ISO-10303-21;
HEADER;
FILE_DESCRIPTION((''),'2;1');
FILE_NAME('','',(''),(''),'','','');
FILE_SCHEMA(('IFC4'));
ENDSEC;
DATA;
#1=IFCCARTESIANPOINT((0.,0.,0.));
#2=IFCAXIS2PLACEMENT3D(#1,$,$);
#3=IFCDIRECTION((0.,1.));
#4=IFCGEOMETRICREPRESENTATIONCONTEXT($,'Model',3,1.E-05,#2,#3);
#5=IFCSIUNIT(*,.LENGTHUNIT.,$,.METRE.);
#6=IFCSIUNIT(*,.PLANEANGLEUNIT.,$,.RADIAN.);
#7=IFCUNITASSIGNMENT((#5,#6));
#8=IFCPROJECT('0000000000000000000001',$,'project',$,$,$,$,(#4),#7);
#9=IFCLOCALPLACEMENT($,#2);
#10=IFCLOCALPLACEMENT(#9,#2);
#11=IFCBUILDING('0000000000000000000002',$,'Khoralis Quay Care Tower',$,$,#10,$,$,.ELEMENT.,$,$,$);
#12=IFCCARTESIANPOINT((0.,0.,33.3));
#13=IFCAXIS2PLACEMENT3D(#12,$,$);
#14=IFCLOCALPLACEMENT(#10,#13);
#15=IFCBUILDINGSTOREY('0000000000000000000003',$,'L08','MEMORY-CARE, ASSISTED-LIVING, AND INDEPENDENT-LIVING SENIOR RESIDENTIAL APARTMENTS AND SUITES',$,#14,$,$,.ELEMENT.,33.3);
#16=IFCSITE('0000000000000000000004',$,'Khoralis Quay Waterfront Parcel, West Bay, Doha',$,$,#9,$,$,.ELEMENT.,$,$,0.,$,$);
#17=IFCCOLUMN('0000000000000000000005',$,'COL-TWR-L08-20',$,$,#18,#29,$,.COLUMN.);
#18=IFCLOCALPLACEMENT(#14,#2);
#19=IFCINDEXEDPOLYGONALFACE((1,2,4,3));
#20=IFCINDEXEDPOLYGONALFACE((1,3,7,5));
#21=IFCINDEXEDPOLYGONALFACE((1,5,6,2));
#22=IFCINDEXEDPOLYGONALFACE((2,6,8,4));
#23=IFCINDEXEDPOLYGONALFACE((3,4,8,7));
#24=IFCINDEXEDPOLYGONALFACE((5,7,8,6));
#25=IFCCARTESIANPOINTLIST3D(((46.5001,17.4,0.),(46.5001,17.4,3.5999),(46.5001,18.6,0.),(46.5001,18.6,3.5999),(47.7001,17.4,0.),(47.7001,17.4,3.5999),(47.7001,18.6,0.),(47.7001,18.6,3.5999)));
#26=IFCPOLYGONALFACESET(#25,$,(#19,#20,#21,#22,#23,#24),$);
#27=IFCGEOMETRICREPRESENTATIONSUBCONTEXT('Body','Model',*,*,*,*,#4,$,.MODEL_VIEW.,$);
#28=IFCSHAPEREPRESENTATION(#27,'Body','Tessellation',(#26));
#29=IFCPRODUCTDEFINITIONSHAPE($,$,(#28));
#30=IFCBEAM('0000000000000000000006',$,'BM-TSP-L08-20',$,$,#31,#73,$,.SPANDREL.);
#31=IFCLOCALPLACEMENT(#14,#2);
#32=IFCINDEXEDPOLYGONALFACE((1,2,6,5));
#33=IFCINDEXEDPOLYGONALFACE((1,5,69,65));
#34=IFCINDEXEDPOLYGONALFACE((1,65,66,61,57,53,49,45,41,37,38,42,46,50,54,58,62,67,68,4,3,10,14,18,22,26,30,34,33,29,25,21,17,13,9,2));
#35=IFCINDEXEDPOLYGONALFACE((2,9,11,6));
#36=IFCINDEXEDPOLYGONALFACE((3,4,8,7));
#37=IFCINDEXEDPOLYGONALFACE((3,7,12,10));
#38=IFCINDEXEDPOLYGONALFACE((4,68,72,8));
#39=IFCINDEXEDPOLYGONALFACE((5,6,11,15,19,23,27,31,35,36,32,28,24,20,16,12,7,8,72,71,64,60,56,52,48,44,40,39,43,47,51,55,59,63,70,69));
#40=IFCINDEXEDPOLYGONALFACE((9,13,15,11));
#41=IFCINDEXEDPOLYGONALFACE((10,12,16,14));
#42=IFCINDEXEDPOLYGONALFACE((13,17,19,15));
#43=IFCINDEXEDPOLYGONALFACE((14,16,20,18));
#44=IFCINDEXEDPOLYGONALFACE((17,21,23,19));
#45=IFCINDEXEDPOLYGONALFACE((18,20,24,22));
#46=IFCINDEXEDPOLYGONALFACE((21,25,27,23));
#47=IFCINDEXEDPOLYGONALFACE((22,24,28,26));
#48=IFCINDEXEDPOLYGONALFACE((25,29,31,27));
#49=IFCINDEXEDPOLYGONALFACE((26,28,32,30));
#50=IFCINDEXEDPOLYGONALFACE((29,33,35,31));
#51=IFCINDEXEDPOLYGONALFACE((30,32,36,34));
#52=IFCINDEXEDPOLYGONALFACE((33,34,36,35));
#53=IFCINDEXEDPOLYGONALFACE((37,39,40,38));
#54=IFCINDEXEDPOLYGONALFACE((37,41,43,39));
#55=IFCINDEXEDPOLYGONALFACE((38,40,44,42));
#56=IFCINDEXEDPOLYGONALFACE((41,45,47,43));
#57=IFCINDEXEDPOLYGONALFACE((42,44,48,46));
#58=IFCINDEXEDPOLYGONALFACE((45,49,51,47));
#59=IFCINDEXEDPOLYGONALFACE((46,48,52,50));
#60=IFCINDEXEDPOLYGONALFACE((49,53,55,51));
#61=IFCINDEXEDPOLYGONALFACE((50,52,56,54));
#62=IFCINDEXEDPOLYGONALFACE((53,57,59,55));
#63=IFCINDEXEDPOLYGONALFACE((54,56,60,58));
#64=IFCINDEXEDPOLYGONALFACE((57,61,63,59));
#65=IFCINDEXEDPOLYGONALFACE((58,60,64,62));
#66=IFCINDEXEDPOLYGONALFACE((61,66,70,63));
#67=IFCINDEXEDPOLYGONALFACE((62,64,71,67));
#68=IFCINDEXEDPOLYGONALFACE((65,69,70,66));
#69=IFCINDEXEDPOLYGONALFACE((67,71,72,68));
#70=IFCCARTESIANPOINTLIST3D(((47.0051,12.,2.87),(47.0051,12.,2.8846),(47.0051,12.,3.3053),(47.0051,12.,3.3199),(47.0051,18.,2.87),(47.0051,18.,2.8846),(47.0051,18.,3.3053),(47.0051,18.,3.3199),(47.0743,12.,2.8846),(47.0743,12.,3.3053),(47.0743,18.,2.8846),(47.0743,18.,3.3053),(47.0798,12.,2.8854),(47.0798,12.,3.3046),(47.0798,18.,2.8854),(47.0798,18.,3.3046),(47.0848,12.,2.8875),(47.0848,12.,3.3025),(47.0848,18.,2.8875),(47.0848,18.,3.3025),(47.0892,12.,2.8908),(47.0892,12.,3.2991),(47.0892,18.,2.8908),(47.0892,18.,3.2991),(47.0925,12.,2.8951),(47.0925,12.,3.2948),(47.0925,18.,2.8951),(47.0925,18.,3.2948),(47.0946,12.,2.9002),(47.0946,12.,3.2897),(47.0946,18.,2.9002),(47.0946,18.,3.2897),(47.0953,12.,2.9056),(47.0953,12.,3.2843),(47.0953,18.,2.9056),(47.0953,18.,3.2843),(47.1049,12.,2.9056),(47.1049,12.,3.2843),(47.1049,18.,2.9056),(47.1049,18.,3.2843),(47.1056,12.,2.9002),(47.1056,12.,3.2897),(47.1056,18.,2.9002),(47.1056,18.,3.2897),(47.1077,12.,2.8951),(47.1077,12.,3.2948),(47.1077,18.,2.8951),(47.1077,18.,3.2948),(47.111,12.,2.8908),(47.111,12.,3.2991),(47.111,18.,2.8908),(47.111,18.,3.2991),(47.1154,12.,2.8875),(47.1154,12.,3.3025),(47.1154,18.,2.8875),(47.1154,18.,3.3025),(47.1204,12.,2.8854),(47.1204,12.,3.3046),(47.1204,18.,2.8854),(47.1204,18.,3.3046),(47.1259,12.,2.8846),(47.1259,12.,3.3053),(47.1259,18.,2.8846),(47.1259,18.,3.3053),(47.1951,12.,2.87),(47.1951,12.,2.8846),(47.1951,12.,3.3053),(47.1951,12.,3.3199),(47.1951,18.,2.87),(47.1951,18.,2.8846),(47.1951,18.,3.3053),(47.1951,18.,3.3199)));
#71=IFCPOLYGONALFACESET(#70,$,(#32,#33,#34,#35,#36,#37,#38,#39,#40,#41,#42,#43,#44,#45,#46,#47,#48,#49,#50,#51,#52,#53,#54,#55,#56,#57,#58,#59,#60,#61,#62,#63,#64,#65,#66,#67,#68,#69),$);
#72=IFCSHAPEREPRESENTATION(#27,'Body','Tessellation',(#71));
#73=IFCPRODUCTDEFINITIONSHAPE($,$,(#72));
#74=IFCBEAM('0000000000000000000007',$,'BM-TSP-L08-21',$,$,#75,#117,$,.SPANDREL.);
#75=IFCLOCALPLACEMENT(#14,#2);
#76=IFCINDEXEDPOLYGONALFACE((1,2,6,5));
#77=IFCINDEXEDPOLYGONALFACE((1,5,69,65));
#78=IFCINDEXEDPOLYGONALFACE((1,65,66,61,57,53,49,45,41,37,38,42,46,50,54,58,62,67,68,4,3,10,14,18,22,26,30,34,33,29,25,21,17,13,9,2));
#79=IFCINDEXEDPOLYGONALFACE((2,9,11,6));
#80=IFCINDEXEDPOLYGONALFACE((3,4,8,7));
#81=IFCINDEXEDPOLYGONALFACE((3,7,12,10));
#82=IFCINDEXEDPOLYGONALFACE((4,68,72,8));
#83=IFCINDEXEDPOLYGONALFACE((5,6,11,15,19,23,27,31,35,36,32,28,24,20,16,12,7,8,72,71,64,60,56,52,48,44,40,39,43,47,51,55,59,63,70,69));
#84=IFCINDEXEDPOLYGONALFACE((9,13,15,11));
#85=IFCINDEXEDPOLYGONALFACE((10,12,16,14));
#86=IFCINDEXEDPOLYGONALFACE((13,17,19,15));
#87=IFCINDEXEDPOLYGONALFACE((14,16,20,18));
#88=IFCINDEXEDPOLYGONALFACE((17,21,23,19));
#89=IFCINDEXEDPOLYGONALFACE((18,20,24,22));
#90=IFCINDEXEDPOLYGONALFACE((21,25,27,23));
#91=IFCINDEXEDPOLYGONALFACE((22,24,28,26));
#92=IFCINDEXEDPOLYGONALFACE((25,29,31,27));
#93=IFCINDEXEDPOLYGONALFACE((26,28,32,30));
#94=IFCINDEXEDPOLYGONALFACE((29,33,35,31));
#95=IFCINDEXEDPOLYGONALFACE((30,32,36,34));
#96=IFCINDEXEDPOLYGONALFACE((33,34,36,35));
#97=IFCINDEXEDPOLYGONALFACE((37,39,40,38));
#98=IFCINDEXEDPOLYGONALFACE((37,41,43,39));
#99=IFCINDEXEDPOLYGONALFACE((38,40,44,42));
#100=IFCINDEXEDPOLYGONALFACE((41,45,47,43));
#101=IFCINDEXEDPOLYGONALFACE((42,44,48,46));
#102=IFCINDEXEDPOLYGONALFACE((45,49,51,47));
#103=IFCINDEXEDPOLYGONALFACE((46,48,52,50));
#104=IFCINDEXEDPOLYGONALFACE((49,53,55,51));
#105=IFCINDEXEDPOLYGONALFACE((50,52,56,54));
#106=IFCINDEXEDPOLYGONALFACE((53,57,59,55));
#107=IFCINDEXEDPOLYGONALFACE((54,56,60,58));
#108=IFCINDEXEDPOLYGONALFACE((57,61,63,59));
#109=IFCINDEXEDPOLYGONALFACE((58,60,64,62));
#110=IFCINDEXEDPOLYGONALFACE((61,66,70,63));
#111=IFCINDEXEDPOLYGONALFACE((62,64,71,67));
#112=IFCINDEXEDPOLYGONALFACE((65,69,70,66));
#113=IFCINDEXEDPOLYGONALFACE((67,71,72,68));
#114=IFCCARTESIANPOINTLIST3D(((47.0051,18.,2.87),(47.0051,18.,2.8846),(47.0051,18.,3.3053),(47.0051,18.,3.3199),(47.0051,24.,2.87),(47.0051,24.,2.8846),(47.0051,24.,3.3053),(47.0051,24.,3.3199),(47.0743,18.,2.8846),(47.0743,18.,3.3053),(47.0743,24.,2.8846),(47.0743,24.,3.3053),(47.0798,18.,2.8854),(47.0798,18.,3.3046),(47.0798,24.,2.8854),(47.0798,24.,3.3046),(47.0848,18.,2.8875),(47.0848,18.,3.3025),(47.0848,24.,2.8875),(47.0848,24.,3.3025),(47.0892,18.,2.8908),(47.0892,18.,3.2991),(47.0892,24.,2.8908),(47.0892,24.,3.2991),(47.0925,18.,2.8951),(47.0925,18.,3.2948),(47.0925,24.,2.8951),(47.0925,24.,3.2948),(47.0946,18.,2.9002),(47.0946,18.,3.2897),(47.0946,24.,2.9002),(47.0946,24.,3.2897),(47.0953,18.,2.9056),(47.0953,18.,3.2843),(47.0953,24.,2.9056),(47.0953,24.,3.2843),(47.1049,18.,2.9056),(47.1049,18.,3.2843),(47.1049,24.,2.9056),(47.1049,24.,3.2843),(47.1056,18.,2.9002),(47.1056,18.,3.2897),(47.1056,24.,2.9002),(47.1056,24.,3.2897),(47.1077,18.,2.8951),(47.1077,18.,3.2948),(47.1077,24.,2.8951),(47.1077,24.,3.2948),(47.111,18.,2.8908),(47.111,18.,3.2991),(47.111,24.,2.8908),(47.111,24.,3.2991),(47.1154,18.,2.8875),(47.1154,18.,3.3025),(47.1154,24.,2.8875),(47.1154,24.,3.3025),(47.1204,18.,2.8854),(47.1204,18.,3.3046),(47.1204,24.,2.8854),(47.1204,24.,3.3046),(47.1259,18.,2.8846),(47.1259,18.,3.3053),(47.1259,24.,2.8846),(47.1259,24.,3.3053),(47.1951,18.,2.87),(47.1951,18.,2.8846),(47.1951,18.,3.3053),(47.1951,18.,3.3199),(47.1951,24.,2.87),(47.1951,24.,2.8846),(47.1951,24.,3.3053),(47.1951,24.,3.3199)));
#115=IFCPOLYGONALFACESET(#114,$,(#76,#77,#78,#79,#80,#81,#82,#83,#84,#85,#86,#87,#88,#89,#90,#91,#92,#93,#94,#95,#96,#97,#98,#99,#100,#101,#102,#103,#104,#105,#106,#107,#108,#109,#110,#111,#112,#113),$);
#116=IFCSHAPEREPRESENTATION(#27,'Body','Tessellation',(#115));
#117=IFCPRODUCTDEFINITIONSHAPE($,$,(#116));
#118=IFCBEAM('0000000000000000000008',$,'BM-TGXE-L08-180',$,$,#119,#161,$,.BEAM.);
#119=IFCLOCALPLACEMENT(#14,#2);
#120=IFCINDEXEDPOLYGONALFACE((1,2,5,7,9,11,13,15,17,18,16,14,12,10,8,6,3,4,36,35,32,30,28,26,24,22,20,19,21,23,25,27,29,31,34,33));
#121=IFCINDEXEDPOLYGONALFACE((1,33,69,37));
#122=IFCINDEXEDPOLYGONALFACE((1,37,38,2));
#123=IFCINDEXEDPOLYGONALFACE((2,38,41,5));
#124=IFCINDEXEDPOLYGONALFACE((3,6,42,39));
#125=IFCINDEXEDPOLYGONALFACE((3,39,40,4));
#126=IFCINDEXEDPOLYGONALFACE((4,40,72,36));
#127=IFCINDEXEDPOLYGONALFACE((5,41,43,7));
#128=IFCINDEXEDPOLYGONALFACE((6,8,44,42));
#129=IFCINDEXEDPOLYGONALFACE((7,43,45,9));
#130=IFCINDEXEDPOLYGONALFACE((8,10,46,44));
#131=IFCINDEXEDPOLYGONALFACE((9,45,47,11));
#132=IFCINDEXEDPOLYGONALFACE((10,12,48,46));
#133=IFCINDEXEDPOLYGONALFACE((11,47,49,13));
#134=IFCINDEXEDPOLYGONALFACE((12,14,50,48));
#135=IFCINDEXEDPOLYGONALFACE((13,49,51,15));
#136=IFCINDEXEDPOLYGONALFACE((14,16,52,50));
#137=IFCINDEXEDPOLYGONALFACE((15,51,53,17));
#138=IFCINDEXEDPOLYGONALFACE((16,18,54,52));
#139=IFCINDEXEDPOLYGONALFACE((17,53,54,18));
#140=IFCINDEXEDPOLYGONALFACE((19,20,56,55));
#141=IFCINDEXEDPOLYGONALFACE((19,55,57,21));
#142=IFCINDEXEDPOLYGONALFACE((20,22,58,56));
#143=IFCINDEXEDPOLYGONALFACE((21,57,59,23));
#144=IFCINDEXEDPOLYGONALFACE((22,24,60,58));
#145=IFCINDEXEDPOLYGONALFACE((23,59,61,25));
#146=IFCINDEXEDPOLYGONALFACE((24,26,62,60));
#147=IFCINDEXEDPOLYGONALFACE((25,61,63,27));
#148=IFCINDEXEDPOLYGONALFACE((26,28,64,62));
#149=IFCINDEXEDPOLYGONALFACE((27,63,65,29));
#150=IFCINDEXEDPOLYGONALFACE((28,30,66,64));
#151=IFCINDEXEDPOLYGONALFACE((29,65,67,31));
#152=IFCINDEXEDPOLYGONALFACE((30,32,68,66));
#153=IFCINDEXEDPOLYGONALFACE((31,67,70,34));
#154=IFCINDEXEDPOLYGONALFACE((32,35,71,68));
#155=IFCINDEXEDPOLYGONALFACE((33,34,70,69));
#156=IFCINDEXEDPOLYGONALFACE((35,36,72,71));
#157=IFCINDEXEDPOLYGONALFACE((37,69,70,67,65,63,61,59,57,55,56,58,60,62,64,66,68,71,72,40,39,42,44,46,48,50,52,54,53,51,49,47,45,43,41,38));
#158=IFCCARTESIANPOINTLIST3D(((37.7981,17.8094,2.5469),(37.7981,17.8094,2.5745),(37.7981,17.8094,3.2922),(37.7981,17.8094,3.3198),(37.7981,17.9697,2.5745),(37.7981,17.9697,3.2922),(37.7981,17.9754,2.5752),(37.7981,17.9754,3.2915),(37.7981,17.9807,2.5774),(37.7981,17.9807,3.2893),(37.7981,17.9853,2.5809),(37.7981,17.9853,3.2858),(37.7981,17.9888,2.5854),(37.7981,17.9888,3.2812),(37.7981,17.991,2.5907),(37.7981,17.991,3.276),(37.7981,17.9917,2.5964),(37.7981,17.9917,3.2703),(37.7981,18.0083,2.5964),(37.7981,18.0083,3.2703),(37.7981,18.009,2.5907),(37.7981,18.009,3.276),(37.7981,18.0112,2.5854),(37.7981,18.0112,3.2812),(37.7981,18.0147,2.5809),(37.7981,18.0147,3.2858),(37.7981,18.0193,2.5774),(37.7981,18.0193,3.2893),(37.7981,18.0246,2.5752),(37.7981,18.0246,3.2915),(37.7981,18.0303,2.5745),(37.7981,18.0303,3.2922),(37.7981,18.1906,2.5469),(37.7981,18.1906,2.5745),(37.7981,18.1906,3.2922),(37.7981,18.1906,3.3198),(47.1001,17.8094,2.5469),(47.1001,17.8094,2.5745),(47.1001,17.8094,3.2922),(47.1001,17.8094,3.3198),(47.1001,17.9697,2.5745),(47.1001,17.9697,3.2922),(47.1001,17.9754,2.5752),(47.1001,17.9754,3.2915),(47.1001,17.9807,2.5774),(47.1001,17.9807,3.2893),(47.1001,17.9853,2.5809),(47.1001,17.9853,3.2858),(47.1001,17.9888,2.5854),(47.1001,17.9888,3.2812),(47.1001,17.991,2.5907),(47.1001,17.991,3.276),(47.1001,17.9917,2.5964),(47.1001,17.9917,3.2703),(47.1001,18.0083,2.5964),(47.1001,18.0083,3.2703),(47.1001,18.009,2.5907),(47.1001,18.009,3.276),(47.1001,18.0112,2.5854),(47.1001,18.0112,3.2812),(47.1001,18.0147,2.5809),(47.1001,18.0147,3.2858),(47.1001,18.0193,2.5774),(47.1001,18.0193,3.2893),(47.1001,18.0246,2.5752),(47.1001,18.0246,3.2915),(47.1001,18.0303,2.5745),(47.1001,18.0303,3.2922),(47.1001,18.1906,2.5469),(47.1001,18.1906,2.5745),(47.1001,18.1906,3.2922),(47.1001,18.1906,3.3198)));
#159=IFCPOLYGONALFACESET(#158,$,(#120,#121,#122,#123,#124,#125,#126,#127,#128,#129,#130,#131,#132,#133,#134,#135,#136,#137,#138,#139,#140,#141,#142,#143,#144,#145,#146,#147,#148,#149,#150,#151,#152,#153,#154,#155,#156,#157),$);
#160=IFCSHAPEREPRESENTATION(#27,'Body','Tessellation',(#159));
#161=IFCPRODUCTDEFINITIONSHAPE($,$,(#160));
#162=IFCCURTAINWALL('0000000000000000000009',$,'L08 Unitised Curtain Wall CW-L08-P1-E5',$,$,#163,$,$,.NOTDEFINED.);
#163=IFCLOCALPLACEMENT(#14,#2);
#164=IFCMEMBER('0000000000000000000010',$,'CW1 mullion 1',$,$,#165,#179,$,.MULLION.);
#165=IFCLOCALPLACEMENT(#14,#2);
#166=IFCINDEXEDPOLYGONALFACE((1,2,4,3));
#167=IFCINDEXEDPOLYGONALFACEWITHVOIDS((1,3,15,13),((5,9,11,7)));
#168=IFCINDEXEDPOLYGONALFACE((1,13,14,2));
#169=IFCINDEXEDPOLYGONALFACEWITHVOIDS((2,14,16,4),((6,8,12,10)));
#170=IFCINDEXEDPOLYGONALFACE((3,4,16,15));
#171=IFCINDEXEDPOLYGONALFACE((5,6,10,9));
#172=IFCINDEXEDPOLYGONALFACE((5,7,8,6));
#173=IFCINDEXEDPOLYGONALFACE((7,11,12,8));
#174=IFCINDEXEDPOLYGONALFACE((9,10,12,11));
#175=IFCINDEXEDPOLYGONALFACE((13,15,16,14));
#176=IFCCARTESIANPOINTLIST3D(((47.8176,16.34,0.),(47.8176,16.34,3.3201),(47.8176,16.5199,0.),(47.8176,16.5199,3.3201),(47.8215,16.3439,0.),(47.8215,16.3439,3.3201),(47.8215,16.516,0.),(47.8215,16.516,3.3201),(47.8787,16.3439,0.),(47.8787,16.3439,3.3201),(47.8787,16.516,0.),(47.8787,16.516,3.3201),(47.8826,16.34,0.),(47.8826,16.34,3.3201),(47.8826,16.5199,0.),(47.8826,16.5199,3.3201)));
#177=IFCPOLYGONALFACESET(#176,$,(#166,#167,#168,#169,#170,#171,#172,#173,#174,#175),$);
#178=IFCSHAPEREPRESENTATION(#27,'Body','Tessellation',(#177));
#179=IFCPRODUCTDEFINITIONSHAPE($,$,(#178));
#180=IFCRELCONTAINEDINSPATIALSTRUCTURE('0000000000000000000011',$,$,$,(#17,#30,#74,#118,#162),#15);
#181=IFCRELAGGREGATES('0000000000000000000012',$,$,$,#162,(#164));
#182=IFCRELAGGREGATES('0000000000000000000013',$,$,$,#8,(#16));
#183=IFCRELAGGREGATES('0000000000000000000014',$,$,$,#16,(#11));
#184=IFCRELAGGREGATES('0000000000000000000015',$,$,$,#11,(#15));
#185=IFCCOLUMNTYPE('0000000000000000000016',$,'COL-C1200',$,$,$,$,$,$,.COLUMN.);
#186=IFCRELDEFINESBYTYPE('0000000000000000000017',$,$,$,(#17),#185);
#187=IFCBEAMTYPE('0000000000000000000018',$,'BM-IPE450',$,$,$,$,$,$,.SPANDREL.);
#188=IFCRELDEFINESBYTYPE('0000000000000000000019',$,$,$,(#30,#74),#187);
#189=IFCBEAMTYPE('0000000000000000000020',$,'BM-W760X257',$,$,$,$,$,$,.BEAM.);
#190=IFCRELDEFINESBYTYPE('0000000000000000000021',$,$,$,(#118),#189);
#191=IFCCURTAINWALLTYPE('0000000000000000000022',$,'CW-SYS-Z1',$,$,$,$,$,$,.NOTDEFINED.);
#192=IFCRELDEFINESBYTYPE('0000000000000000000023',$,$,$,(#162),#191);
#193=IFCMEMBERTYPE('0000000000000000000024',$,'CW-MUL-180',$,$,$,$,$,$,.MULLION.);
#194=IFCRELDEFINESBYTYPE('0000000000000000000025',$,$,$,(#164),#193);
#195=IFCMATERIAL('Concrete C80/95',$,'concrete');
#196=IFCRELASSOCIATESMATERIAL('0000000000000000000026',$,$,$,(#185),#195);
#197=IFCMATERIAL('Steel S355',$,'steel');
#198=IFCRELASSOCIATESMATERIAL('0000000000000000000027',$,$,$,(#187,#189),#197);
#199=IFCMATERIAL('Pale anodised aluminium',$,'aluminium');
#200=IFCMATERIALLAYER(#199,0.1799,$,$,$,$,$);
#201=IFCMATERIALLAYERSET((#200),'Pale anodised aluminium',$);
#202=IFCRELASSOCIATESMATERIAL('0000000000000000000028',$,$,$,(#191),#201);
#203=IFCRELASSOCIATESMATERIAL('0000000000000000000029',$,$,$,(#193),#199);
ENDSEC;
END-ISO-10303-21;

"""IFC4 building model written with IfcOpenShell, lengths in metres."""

from ifc_helpers import new_model, si_unit, direction, frame, origin, origin_2d, place, context, subcontext, project, spatial, rectangle, hollow_rectangle, i_section, extrude, source, transform, mapped, material, layer, layer_set, material_profile, profile_set, type_object, element, aggregate, save


model = new_model("IFC4")

# Units and contexts
model_context = context("Model", 3, precision=1e-05, world=origin(), true_north=direction((0.0, 1.0)))
body_context = subcontext(model_context, "Body", "Model", "MODEL_VIEW")
ifc_project = project(units=[si_unit("LENGTHUNIT", "METRE"), si_unit("PLANEANGLEUNIT", "RADIAN")], contexts=[model_context])

# Site, building, storey
site_placement = place(None, origin())
site = spatial("IfcSite", under=ifc_project, at=site_placement, Name="Khoralis Quay Waterfront Parcel, West Bay, Doha", CompositionType="ELEMENT", RefElevation=0.0)
building_placement = place(site_placement, origin())
building = spatial("IfcBuilding", under=site, at=building_placement, Name="Khoralis Quay Care Tower", CompositionType="ELEMENT")
storey_placement = place(building_placement, frame((0.0, 0.0, 33.3)))
storey = spatial("IfcBuildingStorey", under=building, at=storey_placement, Name="L08", Description="MEMORY-CARE, ASSISTED-LIVING, AND INDEPENDENT-LIVING SENIOR RESIDENTIAL APARTMENTS AND SUITES", CompositionType="ELEMENT", Elevation=33.3)

# Column
ifc_material_1 = material(Name="Concrete C80/95", Category="concrete")
ifc_material_profile_1 = material_profile(ifc_material_1, rectangle(XDim=1.2, YDim=1.2, at=origin_2d()), Name="Concrete C80/95")
ifc_profile_set_1 = profile_set([ifc_material_profile_1], Name="Concrete C80/95")
column_type = type_object("IfcColumnType", Name="COL-C1200", PredefinedType="COLUMN", material=ifc_profile_set_1)
shared_shape_1 = source(origin(), body_context, "Body", "SweptSolid", [
    extrude(rectangle(XDim=1.2, YDim=1.2, at=origin_2d()), origin(), (0.0, 0.0, 1.0), 3.5999),
])
column_placement = place(storey_placement, frame((47.1001, 18.0, 0.0), z_axis=(0.0, 0.0, 1.0), x_axis=(1.0, 0.0, 0.0)))
element("IfcColumn", 1, at=column_placement, inside=storey, type_object=column_type, Name="COL-TWR-L08-20", PredefinedType="COLUMN", context=body_context, shape_type="MappedRepresentation", body=[
    mapped(shared_shape_1, transform((0.0, 0.0, 0.0), scale=1.0)),
])

# Beams
ifc_material_2 = material(Name="Steel S355", Category="steel")
ifc_material_profile_2 = material_profile(ifc_material_2, i_section(OverallWidth=0.1899, OverallDepth=0.45, WebThickness=0.0095, FlangeThickness=0.0146, FilletRadius=0.021, at=origin_2d()), Name="Steel S355")
ifc_profile_set_2 = profile_set([ifc_material_profile_2], Name="Steel S355")
beam_type_1 = type_object("IfcBeamType", Name="BM-IPE450", PredefinedType="SPANDREL", material=ifc_profile_set_2)
shared_shape_2 = source(origin(), body_context, "Body", "SweptSolid", [
    extrude(i_section(OverallWidth=0.1899, OverallDepth=0.45, WebThickness=0.0095, FlangeThickness=0.0146, FilletRadius=0.021, at=origin_2d()), origin(), (0.0, 0.0, 1.0), 6.0),
])
for number, where, z_axis, x_axis, name in (
    (2, (47.1001, 12.0, 3.095), (0.0, 1.0, 0.0), (-1.0, 0.0, 0.0), "BM-TSP-L08-20"),
    (3, (47.1001, 18.0, 3.095), (0.0, 1.0, 0.0), (-1.0, 0.0, 0.0), "BM-TSP-L08-21"),
):
    element("IfcBeam", number, at=place(storey_placement, frame(where, z_axis=z_axis, x_axis=x_axis)), inside=storey, type_object=beam_type_1, Name=name, PredefinedType="SPANDREL", context=body_context, shape_type="MappedRepresentation", body=[
        mapped(shared_shape_2, transform((0.0, 0.0, 0.0), scale=1.0)),
    ])
ifc_material_profile_3 = material_profile(ifc_material_2, i_section(OverallWidth=0.3811, OverallDepth=0.7729, WebThickness=0.0166, FlangeThickness=0.0276, FilletRadius=0.022, at=origin_2d()), Name="Steel S355")
ifc_profile_set_3 = profile_set([ifc_material_profile_3], Name="Steel S355")
beam_type_2 = type_object("IfcBeamType", Name="BM-W760X257", PredefinedType="BEAM", material=ifc_profile_set_3)
shared_shape_3 = source(origin(), body_context, "Body", "SweptSolid", [
    extrude(i_section(OverallWidth=0.3811, OverallDepth=0.7729, WebThickness=0.0166, FlangeThickness=0.0276, FilletRadius=0.022, at=origin_2d()), origin(), (0.0, 0.0, 1.0), 9.302),
])
beam_placement = place(storey_placement, frame((37.7981, 18.0, 2.9333), z_axis=(1.0, 0.0, 0.0), x_axis=(0.0, 1.0, 0.0)))
element("IfcBeam", 4, at=beam_placement, inside=storey, type_object=beam_type_2, Name="BM-TGXE-L08-180", PredefinedType="BEAM", context=body_context, shape_type="MappedRepresentation", body=[
    mapped(shared_shape_3, transform((0.0, 0.0, 0.0), scale=1.0)),
])

# Curtain wall, member
ifc_material_3 = material(Name="Pale anodised aluminium", Category="aluminium")
ifc_layer_1 = layer(ifc_material_3, 0.1799)
ifc_layer_set_1 = layer_set([ifc_layer_1], Name="Pale anodised aluminium")
curtain_wall_type = type_object("IfcCurtainWallType", Name="CW-SYS-Z1", PredefinedType="NOTDEFINED", material=ifc_layer_set_1)
curtain_wall_placement = place(storey_placement, origin())
curtain_wall = element("IfcCurtainWall", 5, at=curtain_wall_placement, inside=storey, type_object=curtain_wall_type, Name="L08 Unitised Curtain Wall CW-L08-P1-E5", PredefinedType="NOTDEFINED")
ifc_material_profile_4 = material_profile(ifc_material_3, hollow_rectangle(XDim=0.0649, YDim=0.1799, WallThickness=0.0039, at=origin_2d()), Name="Pale anodised aluminium")
ifc_profile_set_4 = profile_set([ifc_material_profile_4], Name="Pale anodised aluminium")
member_type_1 = type_object("IfcMemberType", Name="CW-MUL-180", PredefinedType="MULLION", material=ifc_profile_set_4)
shared_shape_4 = source(origin(), body_context, "Body", "SweptSolid", [
    extrude(hollow_rectangle(XDim=0.0649, YDim=0.1799, WallThickness=0.0039, at=origin_2d()), origin(), (0.0, 0.0, 1.0), 3.3201),
])
member_1_placement = place(storey_placement, frame((47.8501, 16.4299, 0.0), z_axis=(0.0, 0.0, 1.0), x_axis=(-1.0, 0.0, 0.0)))
member_1 = element("IfcMember", 6, at=member_1_placement, type_object=member_type_1, Name="CW1 mullion 1", PredefinedType="MULLION", context=body_context, shape_type="MappedRepresentation", body=[
    mapped(shared_shape_4, transform((0.0, 0.0, 0.0), scale=1.0)),
])
aggregate(curtain_wall, [member_1])

save(model, "model.ifc")
